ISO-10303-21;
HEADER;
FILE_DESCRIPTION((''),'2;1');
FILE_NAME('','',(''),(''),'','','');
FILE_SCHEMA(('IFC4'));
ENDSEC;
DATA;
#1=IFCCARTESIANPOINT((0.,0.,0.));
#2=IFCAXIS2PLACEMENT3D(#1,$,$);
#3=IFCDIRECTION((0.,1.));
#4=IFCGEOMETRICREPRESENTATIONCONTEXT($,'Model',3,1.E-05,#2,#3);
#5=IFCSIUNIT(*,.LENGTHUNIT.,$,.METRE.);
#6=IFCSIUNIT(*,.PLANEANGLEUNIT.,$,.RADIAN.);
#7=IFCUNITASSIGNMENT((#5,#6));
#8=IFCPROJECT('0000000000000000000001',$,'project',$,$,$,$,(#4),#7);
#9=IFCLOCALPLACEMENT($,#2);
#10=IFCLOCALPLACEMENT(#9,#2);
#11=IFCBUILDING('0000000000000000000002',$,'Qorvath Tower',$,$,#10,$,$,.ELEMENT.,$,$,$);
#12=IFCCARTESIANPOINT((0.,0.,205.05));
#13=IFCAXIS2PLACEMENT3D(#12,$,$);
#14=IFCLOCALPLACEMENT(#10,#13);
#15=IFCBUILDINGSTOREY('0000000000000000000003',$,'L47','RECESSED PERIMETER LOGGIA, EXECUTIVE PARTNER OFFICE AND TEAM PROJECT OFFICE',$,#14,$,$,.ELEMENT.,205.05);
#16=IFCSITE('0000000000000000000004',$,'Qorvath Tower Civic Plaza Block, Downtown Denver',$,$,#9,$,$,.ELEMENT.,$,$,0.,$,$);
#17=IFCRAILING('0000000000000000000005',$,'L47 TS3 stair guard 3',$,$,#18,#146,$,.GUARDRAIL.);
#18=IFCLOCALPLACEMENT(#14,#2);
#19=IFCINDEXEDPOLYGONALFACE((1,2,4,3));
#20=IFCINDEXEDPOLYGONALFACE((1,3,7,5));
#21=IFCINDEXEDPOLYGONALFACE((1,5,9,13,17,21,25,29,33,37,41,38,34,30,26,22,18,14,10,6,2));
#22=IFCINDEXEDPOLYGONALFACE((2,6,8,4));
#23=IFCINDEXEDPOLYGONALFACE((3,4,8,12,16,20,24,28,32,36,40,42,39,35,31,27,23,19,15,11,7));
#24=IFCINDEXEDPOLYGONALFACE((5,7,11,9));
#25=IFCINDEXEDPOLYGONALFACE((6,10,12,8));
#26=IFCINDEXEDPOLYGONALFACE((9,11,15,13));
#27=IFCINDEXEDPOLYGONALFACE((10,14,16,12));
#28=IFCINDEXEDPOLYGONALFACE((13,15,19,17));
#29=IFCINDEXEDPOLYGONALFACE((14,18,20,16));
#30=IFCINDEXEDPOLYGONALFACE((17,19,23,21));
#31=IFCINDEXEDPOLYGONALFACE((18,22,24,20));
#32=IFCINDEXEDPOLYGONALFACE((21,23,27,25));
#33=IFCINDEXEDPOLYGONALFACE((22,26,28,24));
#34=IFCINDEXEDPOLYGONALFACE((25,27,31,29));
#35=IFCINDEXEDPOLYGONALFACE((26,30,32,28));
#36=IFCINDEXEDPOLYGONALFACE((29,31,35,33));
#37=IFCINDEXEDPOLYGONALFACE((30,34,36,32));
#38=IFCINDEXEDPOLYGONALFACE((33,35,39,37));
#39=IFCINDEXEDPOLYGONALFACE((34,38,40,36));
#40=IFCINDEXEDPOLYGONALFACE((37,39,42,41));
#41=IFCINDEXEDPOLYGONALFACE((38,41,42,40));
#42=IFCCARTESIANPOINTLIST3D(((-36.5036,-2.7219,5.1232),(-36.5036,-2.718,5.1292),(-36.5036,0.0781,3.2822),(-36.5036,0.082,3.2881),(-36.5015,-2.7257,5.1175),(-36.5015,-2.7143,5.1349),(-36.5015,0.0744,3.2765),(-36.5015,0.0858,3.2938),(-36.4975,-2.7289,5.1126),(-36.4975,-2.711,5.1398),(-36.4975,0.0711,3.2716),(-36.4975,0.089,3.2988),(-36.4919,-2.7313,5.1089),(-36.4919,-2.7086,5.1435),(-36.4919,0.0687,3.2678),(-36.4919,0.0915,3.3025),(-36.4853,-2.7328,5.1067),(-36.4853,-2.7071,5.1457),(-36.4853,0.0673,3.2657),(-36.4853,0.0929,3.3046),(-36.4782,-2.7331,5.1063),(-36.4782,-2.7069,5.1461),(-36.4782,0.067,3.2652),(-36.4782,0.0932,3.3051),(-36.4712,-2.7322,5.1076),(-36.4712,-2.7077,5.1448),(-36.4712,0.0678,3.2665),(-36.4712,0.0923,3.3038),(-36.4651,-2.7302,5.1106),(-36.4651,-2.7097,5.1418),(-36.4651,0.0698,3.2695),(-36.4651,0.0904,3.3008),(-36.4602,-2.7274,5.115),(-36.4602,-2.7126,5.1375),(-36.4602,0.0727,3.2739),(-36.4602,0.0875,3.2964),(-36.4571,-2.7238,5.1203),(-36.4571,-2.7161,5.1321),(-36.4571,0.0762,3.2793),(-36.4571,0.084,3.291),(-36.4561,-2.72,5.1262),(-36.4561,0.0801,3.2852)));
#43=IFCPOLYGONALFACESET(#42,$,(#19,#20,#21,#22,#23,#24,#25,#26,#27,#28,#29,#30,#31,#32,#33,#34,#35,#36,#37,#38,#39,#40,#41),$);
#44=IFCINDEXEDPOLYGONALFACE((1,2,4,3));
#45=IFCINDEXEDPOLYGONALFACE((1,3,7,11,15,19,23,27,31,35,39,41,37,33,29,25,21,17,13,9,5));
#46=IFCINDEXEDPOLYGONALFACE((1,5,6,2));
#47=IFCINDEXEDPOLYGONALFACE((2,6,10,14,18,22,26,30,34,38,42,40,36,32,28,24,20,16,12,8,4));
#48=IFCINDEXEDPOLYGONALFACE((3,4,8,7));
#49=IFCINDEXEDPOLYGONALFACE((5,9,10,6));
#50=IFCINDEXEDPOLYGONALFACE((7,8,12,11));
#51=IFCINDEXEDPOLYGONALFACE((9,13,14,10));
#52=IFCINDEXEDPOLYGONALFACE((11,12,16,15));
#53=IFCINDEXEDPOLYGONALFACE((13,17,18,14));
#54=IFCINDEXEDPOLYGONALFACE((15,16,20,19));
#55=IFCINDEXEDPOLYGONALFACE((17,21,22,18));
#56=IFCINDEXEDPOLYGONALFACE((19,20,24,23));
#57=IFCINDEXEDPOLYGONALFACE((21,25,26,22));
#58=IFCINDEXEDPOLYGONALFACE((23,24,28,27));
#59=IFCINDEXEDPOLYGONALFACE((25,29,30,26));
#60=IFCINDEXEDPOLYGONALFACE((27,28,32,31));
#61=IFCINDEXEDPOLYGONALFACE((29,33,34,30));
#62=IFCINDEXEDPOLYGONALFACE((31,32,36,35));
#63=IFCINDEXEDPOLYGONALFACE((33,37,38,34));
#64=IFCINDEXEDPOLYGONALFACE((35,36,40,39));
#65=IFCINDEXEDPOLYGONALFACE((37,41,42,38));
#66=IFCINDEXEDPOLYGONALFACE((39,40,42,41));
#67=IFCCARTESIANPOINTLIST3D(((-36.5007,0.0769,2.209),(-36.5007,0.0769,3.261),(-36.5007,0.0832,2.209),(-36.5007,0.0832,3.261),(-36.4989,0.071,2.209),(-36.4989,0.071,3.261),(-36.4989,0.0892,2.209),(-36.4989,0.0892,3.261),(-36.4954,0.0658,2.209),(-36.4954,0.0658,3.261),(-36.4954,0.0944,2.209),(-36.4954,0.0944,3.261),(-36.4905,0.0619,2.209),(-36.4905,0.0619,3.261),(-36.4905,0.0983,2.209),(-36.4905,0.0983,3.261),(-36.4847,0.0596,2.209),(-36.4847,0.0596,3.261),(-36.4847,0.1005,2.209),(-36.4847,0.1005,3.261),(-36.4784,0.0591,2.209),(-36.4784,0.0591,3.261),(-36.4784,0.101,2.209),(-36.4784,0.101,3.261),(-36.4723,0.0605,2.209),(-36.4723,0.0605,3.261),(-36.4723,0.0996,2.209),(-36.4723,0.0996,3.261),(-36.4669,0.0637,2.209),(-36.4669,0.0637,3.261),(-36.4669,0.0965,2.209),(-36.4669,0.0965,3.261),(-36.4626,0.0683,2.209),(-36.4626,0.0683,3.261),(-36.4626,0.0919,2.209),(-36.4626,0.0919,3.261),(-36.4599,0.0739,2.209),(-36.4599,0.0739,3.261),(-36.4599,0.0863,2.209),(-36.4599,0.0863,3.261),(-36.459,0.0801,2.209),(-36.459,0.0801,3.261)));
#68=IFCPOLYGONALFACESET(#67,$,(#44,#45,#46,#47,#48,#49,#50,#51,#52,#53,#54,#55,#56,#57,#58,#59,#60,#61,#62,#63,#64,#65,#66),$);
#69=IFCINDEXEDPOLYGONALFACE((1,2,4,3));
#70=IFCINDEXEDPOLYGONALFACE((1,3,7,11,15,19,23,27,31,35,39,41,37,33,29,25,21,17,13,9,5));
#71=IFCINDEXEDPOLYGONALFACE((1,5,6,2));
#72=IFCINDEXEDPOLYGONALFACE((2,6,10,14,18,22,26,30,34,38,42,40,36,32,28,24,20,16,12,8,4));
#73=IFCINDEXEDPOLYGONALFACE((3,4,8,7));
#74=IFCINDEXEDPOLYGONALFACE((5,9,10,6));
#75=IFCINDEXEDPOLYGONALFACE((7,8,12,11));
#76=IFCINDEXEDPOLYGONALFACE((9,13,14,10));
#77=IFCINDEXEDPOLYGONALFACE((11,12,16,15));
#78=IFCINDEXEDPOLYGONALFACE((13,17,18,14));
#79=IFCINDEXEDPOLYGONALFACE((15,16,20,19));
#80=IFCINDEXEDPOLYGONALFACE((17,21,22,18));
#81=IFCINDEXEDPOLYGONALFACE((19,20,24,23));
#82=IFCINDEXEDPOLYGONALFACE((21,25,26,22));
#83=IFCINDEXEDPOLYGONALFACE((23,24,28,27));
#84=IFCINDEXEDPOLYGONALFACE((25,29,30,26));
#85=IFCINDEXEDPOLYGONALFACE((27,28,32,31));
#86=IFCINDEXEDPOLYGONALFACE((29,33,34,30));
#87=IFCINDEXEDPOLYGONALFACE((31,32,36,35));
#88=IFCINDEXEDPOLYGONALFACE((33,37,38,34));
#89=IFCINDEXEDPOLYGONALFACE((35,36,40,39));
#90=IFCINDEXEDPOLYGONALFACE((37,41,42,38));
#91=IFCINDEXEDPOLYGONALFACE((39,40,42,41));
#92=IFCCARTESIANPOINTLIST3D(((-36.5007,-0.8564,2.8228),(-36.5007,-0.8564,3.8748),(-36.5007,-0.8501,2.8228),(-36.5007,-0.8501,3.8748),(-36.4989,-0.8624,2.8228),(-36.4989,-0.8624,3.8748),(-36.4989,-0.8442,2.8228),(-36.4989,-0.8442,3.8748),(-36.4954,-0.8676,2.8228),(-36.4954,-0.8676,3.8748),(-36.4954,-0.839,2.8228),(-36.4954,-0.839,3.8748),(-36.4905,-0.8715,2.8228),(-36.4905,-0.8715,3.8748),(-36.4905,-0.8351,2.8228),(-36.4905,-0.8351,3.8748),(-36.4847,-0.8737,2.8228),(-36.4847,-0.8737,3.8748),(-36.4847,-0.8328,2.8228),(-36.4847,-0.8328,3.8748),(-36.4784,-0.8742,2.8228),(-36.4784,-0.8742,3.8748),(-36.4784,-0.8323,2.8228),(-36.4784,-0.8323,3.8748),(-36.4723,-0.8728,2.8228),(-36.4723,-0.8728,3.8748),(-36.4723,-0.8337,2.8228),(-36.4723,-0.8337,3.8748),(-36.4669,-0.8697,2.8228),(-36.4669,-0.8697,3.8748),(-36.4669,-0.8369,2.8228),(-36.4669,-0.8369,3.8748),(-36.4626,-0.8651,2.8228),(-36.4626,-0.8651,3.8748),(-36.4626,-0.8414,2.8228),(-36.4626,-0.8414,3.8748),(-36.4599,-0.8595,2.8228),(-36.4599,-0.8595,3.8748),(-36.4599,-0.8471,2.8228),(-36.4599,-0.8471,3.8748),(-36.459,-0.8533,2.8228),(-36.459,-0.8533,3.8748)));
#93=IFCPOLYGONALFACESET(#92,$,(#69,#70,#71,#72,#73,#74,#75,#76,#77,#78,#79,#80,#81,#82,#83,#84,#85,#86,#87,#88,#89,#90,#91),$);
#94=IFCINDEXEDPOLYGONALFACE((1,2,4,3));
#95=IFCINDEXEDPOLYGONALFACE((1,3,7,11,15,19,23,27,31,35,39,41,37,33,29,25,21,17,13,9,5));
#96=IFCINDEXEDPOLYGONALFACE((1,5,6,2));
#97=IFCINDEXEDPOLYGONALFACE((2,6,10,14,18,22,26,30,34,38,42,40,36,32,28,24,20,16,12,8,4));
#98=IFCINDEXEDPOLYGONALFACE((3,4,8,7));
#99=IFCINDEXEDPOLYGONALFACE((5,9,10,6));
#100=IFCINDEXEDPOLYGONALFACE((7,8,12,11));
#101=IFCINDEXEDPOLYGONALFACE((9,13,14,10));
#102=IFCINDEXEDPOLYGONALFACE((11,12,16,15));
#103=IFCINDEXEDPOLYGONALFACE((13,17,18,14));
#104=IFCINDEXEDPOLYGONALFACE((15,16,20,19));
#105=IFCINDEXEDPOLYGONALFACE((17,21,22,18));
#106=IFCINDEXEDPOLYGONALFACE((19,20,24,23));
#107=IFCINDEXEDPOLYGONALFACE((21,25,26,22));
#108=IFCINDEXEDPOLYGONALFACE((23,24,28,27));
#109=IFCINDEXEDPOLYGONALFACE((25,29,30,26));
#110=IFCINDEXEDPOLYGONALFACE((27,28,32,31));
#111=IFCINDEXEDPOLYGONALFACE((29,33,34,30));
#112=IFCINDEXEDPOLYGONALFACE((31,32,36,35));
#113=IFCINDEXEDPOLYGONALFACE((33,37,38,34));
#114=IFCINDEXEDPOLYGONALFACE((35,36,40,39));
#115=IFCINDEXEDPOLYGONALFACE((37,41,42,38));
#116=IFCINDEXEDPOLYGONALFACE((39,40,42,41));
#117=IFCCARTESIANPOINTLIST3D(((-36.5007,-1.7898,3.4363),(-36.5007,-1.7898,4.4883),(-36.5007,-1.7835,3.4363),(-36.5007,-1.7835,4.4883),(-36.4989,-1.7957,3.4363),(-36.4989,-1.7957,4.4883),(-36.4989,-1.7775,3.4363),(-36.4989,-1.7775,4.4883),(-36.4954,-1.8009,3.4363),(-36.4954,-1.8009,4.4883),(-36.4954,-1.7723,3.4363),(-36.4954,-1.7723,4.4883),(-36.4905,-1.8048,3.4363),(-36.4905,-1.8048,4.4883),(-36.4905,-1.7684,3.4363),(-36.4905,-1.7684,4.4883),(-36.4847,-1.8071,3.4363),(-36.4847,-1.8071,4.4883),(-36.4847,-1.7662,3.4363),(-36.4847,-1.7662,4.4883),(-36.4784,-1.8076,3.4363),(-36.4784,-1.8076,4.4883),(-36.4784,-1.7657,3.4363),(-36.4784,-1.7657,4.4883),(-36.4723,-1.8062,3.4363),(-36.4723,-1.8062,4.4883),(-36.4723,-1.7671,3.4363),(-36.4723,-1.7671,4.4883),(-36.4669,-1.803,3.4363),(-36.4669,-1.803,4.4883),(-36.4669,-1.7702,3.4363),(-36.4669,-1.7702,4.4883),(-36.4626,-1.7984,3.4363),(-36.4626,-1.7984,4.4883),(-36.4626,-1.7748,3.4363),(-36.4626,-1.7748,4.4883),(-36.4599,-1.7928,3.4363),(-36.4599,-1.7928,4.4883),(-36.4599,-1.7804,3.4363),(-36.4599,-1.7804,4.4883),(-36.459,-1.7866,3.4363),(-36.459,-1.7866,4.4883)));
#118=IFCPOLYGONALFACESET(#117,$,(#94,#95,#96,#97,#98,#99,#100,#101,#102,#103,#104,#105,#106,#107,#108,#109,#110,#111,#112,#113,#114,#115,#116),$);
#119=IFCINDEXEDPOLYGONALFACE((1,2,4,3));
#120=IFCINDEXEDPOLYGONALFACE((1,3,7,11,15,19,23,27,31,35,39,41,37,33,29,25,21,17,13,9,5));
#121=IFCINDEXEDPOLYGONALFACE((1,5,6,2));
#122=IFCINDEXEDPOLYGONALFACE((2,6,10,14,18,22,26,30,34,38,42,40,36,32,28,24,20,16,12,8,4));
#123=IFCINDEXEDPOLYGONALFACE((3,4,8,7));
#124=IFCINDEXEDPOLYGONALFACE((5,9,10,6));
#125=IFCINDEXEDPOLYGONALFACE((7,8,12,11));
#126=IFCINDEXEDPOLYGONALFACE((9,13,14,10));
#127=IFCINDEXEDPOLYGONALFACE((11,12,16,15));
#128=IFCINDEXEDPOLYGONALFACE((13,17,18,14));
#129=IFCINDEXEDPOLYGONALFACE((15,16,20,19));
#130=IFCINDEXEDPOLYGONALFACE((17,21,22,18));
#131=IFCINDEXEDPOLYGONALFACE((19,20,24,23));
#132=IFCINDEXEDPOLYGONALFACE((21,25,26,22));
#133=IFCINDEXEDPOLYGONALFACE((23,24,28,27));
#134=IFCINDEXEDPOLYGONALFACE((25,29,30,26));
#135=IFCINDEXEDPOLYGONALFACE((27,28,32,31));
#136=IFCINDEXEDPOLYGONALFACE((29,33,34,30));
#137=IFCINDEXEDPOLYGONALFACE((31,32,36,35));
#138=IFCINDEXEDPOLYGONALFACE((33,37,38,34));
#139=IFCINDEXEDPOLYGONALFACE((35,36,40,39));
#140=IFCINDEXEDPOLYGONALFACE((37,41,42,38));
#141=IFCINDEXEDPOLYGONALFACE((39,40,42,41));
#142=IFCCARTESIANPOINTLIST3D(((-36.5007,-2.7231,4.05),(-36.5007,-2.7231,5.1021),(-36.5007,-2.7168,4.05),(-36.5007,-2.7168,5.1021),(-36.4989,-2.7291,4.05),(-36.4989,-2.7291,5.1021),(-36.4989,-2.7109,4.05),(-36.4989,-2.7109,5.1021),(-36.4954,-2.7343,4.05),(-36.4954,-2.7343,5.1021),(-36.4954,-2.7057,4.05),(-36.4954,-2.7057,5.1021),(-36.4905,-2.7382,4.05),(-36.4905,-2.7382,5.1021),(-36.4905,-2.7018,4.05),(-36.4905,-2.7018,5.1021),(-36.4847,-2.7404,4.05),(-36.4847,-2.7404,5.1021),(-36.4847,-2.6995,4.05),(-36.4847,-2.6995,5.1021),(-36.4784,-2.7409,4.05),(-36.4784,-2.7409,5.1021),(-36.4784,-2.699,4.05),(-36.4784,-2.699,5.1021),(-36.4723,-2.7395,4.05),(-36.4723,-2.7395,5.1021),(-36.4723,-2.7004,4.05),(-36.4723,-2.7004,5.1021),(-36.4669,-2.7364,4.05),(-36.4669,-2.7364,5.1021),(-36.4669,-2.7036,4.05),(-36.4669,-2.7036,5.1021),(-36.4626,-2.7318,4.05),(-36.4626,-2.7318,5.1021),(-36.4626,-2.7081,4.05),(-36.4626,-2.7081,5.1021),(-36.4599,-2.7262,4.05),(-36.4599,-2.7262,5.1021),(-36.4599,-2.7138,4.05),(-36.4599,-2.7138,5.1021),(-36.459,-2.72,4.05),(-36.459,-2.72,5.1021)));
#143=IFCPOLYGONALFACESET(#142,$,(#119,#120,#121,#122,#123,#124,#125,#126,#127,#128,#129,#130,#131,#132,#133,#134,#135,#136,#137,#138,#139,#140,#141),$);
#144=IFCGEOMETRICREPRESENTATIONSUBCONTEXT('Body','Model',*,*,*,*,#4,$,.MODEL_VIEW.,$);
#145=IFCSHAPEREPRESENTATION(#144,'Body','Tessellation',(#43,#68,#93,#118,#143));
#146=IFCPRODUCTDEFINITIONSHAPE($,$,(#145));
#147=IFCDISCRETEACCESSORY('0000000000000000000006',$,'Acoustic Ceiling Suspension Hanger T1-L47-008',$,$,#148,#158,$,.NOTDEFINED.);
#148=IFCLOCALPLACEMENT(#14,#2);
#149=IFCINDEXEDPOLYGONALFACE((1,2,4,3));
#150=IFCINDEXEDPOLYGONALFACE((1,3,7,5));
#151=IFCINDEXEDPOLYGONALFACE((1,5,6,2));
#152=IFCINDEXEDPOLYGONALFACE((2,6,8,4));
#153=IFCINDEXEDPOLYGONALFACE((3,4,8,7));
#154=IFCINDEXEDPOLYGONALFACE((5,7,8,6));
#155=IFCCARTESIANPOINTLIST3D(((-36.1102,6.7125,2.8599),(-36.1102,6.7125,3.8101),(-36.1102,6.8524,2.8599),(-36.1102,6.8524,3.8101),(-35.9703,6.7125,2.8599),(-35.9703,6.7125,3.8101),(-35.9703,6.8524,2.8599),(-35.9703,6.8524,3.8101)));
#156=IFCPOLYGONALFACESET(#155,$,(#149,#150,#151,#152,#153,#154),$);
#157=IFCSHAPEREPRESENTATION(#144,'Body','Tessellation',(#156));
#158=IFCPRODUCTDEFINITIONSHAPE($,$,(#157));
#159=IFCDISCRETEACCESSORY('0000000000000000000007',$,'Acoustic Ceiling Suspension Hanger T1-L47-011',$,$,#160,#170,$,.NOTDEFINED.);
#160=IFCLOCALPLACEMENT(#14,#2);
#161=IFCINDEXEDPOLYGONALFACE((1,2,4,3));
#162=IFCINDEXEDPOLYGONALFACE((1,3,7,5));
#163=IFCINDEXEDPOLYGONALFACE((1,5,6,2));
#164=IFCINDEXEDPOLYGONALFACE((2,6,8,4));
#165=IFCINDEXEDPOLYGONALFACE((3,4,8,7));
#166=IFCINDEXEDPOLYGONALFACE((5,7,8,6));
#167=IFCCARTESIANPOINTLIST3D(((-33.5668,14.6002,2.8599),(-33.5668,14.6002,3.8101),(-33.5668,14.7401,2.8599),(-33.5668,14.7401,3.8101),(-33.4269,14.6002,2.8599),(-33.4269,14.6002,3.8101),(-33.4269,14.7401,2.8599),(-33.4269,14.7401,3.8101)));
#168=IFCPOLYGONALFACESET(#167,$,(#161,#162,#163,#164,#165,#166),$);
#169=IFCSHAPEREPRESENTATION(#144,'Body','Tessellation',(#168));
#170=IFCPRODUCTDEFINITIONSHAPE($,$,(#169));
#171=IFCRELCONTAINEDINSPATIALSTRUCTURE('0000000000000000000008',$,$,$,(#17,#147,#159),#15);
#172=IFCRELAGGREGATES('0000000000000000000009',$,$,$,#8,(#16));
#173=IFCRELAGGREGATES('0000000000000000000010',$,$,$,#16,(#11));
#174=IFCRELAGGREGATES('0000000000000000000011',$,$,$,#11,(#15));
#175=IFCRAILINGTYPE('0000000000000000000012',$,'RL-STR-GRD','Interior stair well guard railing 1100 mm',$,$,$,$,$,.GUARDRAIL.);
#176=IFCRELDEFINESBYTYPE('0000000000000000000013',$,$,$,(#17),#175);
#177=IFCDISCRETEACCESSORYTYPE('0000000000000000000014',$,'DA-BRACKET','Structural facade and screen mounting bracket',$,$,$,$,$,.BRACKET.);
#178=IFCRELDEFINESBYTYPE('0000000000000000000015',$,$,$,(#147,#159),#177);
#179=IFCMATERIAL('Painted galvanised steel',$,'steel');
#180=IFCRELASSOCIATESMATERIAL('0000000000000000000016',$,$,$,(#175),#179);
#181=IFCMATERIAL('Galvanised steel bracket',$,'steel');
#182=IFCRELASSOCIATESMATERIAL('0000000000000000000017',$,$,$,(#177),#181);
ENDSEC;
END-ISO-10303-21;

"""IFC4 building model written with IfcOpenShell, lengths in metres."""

from ifc_helpers import new_model, si_unit, direction, frame, origin, origin_2d, place, context, subcontext, project, spatial, rectangle, circle, extrude, material, type_object, element, save


model = new_model("IFC4")

# Units and contexts
model_context = context("Model", 3, precision=1e-05, world=origin(), true_north=direction((0.0, 1.0)))
body_context = subcontext(model_context, "Body", "Model", "MODEL_VIEW")
ifc_project = project(units=[si_unit("LENGTHUNIT", "METRE"), si_unit("PLANEANGLEUNIT", "RADIAN")], contexts=[model_context])

# Site, building, storey
site_placement = place(None, origin())
site = spatial("IfcSite", under=ifc_project, at=site_placement, Name="Qorvath Tower Civic Plaza Block, Downtown Denver", CompositionType="ELEMENT", RefElevation=0.0)
building_placement = place(site_placement, origin())
building = spatial("IfcBuilding", under=site, at=building_placement, Name="Qorvath Tower", CompositionType="ELEMENT")
storey_placement = place(building_placement, frame((0.0, 0.0, 205.05)))
storey = spatial("IfcBuildingStorey", under=building, at=storey_placement, Name="L47", Description="RECESSED PERIMETER LOGGIA, EXECUTIVE PARTNER OFFICE AND TEAM PROJECT OFFICE", CompositionType="ELEMENT", Elevation=205.05)

# Railing
ifc_material_1 = material(Name="Painted galvanised steel", Category="steel")
railing_type = type_object("IfcRailingType", Name="RL-STR-GRD", Description="Interior stair well guard railing 1100 mm", PredefinedType="GUARDRAIL", material=ifc_material_1)
railing_1_placement = place(storey_placement, frame((-36.48, 0.0801, 2.209)))
element("IfcRailing", 1, at=railing_1_placement, inside=storey, type_object=railing_type, Name="L47 TS3 stair guard 3", PredefinedType="GUARDRAIL", context=body_context, shape_type="SweptSolid", body=[
    extrude(circle(Radius=0.0239, at=origin_2d()), frame((0.0, 0.0, 1.0762), z_axis=(0.0, -0.835564, 0.549393), x_axis=(1.0, 0.0, 0.0)), (0.0, 0.0, 1.0), 3.3511),
    extrude(circle(Radius=0.021, at=origin_2d()), origin(), (0.0, 0.0, 1.0), 1.052),
    extrude(circle(Radius=0.021, at=origin_2d()), frame((0.0, -0.9333, 0.6138)), (0.0, 0.0, 1.0), 1.052),
    extrude(circle(Radius=0.021, at=origin_2d()), frame((0.0, -1.8667, 1.2273)), (0.0, 0.0, 1.0), 1.052),
    extrude(circle(Radius=0.021, at=origin_2d()), frame((0.0, -2.8, 1.8411)), (0.0, 0.0, 1.0), 1.052),
])

# Discrete accessories
ifc_material_2 = material(Name="Galvanised steel bracket", Category="steel")
discrete_accessory_type = type_object("IfcDiscreteAccessoryType", Name="DA-BRACKET", Description="Structural facade and screen mounting bracket", PredefinedType="BRACKET", material=ifc_material_2)
for number, where, z_axis, x_axis, name in (
    (2, (-36.0403, 6.7825, 2.8599), (0.0, 0.0, 1.0), (1.0, 0.0, 0.0), "Acoustic Ceiling Suspension Hanger T1-L47-008"),
    (3, (-33.4968, 14.6702, 2.8599), (0.0, 0.0, 1.0), (1.0, 0.0, 0.0), "Acoustic Ceiling Suspension Hanger T1-L47-011"),
):
    element("IfcDiscreteAccessory", number, at=place(storey_placement, frame(where, z_axis=z_axis, x_axis=x_axis)), inside=storey, type_object=discrete_accessory_type, Name=name, PredefinedType="NOTDEFINED", context=body_context, shape_type="SweptSolid", body=[
        extrude(rectangle(XDim=0.1399, YDim=0.1399, at=origin_2d()), origin(), (0.0, 0.0, 1.0), 0.9502),
    ])

save(model, "model.ifc")
